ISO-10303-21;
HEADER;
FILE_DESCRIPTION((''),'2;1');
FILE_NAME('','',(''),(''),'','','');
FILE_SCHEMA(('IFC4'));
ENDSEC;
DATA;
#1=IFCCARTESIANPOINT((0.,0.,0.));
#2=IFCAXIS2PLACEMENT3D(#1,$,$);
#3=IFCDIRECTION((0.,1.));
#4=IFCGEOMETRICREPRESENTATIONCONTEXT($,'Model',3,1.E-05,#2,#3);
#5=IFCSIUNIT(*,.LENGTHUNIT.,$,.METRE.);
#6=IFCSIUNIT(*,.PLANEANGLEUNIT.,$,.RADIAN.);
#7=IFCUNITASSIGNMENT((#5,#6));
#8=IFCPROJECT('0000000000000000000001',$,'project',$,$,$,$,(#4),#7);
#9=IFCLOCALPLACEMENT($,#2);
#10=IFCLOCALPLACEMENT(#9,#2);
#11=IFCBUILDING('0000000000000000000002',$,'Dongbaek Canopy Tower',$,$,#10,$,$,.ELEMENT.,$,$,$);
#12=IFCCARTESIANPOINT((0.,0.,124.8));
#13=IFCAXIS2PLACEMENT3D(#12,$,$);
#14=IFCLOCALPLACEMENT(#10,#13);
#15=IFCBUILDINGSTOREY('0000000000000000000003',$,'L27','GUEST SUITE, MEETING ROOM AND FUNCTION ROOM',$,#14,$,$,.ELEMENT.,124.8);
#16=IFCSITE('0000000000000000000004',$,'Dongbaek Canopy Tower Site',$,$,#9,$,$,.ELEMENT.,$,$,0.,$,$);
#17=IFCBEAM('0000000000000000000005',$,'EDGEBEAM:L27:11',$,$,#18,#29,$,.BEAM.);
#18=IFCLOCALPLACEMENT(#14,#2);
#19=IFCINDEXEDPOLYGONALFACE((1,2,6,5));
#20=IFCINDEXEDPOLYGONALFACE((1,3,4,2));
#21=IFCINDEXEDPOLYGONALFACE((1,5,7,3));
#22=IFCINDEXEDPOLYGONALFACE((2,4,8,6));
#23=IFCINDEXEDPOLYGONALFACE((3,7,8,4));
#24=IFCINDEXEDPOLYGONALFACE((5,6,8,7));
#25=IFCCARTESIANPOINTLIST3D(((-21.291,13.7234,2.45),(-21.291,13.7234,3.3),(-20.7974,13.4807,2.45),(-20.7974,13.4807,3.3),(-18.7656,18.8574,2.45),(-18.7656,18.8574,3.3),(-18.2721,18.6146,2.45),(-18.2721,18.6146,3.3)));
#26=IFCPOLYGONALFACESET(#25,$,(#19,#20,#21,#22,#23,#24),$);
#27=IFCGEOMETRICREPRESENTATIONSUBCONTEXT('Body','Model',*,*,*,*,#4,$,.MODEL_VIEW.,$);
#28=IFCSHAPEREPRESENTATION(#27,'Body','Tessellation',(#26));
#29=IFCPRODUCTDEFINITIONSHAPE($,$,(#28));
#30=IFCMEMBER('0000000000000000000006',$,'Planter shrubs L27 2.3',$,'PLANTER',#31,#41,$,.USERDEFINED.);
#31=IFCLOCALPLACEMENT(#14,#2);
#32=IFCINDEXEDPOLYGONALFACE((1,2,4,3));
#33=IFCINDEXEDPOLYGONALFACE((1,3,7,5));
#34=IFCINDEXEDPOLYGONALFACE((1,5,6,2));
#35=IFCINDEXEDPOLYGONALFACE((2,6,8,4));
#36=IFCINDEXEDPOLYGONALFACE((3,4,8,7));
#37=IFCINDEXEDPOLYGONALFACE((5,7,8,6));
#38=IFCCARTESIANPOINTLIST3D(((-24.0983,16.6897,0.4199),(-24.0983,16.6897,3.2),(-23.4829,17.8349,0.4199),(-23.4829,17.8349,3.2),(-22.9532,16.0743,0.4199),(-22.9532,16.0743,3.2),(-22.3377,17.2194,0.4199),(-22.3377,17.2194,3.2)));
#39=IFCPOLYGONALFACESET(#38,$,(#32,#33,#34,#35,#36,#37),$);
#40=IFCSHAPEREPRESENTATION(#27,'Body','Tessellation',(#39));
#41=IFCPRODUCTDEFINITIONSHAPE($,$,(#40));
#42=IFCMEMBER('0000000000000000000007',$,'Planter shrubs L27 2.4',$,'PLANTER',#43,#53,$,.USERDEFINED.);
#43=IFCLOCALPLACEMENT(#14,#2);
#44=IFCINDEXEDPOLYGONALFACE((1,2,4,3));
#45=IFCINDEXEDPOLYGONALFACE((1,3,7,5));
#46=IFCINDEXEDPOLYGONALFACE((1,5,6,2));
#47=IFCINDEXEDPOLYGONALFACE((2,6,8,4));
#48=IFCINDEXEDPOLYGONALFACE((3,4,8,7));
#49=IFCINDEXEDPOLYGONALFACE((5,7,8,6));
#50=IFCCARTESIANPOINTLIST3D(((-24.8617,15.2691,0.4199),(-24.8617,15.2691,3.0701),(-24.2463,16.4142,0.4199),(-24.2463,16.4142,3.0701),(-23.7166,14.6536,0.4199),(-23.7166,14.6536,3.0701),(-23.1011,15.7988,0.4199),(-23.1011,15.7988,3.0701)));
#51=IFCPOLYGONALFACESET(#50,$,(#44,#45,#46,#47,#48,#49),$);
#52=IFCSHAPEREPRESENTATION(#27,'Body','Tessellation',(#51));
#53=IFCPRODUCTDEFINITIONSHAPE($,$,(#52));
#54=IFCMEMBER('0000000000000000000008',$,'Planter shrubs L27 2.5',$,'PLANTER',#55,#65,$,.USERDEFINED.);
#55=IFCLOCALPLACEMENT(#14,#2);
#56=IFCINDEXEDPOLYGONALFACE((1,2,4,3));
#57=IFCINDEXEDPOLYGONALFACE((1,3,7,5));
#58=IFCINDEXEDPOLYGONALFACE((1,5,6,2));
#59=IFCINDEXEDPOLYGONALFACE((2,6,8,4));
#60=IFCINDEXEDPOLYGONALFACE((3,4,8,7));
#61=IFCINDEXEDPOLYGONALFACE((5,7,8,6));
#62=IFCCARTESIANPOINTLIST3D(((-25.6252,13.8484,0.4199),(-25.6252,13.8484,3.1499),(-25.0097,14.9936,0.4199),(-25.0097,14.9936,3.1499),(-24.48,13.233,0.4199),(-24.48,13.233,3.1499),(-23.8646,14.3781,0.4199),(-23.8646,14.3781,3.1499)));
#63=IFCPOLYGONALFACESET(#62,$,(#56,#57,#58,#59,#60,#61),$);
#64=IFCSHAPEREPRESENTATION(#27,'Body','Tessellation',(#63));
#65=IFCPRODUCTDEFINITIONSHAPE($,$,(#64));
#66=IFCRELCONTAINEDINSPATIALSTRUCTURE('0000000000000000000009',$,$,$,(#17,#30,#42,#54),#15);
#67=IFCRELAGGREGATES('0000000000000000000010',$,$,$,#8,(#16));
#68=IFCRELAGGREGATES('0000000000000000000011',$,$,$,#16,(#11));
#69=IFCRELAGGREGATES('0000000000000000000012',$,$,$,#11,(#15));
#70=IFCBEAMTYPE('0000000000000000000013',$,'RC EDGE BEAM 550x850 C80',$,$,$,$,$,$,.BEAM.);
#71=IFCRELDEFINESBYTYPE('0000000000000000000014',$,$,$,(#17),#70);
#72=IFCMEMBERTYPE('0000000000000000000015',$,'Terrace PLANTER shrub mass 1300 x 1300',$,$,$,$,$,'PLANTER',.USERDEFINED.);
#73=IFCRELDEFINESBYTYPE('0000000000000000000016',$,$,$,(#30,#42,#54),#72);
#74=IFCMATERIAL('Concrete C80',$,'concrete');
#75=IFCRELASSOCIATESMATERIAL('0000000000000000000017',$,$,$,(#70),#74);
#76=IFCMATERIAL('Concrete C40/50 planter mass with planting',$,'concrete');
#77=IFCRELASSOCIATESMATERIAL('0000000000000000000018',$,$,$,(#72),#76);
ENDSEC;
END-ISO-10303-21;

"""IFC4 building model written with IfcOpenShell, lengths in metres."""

from ifc_helpers import new_model, si_unit, direction, frame, origin, origin_2d, place, context, subcontext, project, spatial, rectangle, extrude, material, material_profile, profile_set, type_object, element, save


model = new_model("IFC4")

# Units and contexts
model_context = context("Model", 3, precision=1e-05, world=origin(), true_north=direction((0.0, 1.0)))
body_context = subcontext(model_context, "Body", "Model", "MODEL_VIEW")
ifc_project = project(units=[si_unit("LENGTHUNIT", "METRE"), si_unit("PLANEANGLEUNIT", "RADIAN")], contexts=[model_context])

# Site, building, storey
site_placement = place(None, origin())
site = spatial("IfcSite", under=ifc_project, at=site_placement, Name="Dongbaek Canopy Tower Site", CompositionType="ELEMENT", RefElevation=0.0)
building_placement = place(site_placement, origin())
building = spatial("IfcBuilding", under=site, at=building_placement, Name="Dongbaek Canopy Tower", CompositionType="ELEMENT")
storey_placement = place(building_placement, frame((0.0, 0.0, 124.8)))
storey = spatial("IfcBuildingStorey", under=building, at=storey_placement, Name="L27", Description="GUEST SUITE, MEETING ROOM AND FUNCTION ROOM", CompositionType="ELEMENT", Elevation=124.8)

# Beam
ifc_material_1 = material(Name="Concrete C80", Category="concrete")
ifc_material_profile_1 = material_profile(ifc_material_1, rectangle(XDim=0.55, YDim=0.8501, at=origin_2d()), Name="RC EDGE BEAM 550x850 C80")
ifc_profile_set_1 = profile_set([ifc_material_profile_1], Name="Concrete C80")
beam_type = type_object("IfcBeamType", Name="RC EDGE BEAM 550x850 C80", PredefinedType="BEAM", material=ifc_profile_set_1)
beam_placement = place(storey_placement, frame((-21.0442, 13.6021, 2.875), z_axis=(0.441384, 0.897318, 0.0), x_axis=(-0.897318, 0.441384, 0.0)))
element("IfcBeam", 1, at=beam_placement, inside=storey, type_object=beam_type, Name="EDGEBEAM:L27:11", PredefinedType="BEAM", context=body_context, shape_type="SweptSolid", body=[
    extrude(rectangle(XDim=0.55, YDim=0.8501, at=origin_2d()), origin(), (0.0, 0.0, 1.0), 5.7214),
])

# Members
ifc_material_2 = material(Name="Concrete C40/50 planter mass with planting", Category="concrete")
ifc_material_profile_2 = material_profile(ifc_material_2, rectangle(XDim=1.3, YDim=1.3, at=origin_2d()), Name="Terrace PLANTER shrub mass 1300 x 1300")
ifc_profile_set_2 = profile_set([ifc_material_profile_2], Name="Concrete C40/50 planter mass with planting")
member_type = type_object("IfcMemberType", Name="Terrace PLANTER shrub mass 1300 x 1300", ElementType="PLANTER", PredefinedType="USERDEFINED", material=ifc_profile_set_2)
member_1_placement = place(storey_placement, frame((-23.218, 16.9546, 0.4199), z_axis=(0.0, 0.0, 1.0), x_axis=(-0.880843, 0.473409, 0.0)))
element("IfcMember", 2, at=member_1_placement, inside=storey, type_object=member_type, Name="Planter shrubs L27 2.3", ObjectType="PLANTER", PredefinedType="USERDEFINED", context=body_context, shape_type="SweptSolid", body=[
    extrude(rectangle(XDim=1.3, YDim=1.3, at=origin_2d()), origin(), (0.0, 0.0, 1.0), 2.78),
])
member_2_placement = place(storey_placement, frame((-23.9814, 15.5339, 0.4199), z_axis=(0.0, 0.0, 1.0), x_axis=(-0.880843, 0.473409, 0.0)))
element("IfcMember", 3, at=member_2_placement, inside=storey, type_object=member_type, Name="Planter shrubs L27 2.4", ObjectType="PLANTER", PredefinedType="USERDEFINED", context=body_context, shape_type="SweptSolid", body=[
    extrude(rectangle(XDim=1.3, YDim=1.3, at=origin_2d()), origin(), (0.0, 0.0, 1.0), 2.6501),
])
member_3_placement = place(storey_placement, frame((-24.7449, 14.1133, 0.4199), z_axis=(0.0, 0.0, 1.0), x_axis=(-0.880843, 0.473409, 0.0)))
element("IfcMember", 4, at=member_3_placement, inside=storey, type_object=member_type, Name="Planter shrubs L27 2.5", ObjectType="PLANTER", PredefinedType="USERDEFINED", context=body_context, shape_type="SweptSolid", body=[
    extrude(rectangle(XDim=1.3, YDim=1.3, at=origin_2d()), origin(), (0.0, 0.0, 1.0), 2.73),
])

save(model, "model.ifc")
